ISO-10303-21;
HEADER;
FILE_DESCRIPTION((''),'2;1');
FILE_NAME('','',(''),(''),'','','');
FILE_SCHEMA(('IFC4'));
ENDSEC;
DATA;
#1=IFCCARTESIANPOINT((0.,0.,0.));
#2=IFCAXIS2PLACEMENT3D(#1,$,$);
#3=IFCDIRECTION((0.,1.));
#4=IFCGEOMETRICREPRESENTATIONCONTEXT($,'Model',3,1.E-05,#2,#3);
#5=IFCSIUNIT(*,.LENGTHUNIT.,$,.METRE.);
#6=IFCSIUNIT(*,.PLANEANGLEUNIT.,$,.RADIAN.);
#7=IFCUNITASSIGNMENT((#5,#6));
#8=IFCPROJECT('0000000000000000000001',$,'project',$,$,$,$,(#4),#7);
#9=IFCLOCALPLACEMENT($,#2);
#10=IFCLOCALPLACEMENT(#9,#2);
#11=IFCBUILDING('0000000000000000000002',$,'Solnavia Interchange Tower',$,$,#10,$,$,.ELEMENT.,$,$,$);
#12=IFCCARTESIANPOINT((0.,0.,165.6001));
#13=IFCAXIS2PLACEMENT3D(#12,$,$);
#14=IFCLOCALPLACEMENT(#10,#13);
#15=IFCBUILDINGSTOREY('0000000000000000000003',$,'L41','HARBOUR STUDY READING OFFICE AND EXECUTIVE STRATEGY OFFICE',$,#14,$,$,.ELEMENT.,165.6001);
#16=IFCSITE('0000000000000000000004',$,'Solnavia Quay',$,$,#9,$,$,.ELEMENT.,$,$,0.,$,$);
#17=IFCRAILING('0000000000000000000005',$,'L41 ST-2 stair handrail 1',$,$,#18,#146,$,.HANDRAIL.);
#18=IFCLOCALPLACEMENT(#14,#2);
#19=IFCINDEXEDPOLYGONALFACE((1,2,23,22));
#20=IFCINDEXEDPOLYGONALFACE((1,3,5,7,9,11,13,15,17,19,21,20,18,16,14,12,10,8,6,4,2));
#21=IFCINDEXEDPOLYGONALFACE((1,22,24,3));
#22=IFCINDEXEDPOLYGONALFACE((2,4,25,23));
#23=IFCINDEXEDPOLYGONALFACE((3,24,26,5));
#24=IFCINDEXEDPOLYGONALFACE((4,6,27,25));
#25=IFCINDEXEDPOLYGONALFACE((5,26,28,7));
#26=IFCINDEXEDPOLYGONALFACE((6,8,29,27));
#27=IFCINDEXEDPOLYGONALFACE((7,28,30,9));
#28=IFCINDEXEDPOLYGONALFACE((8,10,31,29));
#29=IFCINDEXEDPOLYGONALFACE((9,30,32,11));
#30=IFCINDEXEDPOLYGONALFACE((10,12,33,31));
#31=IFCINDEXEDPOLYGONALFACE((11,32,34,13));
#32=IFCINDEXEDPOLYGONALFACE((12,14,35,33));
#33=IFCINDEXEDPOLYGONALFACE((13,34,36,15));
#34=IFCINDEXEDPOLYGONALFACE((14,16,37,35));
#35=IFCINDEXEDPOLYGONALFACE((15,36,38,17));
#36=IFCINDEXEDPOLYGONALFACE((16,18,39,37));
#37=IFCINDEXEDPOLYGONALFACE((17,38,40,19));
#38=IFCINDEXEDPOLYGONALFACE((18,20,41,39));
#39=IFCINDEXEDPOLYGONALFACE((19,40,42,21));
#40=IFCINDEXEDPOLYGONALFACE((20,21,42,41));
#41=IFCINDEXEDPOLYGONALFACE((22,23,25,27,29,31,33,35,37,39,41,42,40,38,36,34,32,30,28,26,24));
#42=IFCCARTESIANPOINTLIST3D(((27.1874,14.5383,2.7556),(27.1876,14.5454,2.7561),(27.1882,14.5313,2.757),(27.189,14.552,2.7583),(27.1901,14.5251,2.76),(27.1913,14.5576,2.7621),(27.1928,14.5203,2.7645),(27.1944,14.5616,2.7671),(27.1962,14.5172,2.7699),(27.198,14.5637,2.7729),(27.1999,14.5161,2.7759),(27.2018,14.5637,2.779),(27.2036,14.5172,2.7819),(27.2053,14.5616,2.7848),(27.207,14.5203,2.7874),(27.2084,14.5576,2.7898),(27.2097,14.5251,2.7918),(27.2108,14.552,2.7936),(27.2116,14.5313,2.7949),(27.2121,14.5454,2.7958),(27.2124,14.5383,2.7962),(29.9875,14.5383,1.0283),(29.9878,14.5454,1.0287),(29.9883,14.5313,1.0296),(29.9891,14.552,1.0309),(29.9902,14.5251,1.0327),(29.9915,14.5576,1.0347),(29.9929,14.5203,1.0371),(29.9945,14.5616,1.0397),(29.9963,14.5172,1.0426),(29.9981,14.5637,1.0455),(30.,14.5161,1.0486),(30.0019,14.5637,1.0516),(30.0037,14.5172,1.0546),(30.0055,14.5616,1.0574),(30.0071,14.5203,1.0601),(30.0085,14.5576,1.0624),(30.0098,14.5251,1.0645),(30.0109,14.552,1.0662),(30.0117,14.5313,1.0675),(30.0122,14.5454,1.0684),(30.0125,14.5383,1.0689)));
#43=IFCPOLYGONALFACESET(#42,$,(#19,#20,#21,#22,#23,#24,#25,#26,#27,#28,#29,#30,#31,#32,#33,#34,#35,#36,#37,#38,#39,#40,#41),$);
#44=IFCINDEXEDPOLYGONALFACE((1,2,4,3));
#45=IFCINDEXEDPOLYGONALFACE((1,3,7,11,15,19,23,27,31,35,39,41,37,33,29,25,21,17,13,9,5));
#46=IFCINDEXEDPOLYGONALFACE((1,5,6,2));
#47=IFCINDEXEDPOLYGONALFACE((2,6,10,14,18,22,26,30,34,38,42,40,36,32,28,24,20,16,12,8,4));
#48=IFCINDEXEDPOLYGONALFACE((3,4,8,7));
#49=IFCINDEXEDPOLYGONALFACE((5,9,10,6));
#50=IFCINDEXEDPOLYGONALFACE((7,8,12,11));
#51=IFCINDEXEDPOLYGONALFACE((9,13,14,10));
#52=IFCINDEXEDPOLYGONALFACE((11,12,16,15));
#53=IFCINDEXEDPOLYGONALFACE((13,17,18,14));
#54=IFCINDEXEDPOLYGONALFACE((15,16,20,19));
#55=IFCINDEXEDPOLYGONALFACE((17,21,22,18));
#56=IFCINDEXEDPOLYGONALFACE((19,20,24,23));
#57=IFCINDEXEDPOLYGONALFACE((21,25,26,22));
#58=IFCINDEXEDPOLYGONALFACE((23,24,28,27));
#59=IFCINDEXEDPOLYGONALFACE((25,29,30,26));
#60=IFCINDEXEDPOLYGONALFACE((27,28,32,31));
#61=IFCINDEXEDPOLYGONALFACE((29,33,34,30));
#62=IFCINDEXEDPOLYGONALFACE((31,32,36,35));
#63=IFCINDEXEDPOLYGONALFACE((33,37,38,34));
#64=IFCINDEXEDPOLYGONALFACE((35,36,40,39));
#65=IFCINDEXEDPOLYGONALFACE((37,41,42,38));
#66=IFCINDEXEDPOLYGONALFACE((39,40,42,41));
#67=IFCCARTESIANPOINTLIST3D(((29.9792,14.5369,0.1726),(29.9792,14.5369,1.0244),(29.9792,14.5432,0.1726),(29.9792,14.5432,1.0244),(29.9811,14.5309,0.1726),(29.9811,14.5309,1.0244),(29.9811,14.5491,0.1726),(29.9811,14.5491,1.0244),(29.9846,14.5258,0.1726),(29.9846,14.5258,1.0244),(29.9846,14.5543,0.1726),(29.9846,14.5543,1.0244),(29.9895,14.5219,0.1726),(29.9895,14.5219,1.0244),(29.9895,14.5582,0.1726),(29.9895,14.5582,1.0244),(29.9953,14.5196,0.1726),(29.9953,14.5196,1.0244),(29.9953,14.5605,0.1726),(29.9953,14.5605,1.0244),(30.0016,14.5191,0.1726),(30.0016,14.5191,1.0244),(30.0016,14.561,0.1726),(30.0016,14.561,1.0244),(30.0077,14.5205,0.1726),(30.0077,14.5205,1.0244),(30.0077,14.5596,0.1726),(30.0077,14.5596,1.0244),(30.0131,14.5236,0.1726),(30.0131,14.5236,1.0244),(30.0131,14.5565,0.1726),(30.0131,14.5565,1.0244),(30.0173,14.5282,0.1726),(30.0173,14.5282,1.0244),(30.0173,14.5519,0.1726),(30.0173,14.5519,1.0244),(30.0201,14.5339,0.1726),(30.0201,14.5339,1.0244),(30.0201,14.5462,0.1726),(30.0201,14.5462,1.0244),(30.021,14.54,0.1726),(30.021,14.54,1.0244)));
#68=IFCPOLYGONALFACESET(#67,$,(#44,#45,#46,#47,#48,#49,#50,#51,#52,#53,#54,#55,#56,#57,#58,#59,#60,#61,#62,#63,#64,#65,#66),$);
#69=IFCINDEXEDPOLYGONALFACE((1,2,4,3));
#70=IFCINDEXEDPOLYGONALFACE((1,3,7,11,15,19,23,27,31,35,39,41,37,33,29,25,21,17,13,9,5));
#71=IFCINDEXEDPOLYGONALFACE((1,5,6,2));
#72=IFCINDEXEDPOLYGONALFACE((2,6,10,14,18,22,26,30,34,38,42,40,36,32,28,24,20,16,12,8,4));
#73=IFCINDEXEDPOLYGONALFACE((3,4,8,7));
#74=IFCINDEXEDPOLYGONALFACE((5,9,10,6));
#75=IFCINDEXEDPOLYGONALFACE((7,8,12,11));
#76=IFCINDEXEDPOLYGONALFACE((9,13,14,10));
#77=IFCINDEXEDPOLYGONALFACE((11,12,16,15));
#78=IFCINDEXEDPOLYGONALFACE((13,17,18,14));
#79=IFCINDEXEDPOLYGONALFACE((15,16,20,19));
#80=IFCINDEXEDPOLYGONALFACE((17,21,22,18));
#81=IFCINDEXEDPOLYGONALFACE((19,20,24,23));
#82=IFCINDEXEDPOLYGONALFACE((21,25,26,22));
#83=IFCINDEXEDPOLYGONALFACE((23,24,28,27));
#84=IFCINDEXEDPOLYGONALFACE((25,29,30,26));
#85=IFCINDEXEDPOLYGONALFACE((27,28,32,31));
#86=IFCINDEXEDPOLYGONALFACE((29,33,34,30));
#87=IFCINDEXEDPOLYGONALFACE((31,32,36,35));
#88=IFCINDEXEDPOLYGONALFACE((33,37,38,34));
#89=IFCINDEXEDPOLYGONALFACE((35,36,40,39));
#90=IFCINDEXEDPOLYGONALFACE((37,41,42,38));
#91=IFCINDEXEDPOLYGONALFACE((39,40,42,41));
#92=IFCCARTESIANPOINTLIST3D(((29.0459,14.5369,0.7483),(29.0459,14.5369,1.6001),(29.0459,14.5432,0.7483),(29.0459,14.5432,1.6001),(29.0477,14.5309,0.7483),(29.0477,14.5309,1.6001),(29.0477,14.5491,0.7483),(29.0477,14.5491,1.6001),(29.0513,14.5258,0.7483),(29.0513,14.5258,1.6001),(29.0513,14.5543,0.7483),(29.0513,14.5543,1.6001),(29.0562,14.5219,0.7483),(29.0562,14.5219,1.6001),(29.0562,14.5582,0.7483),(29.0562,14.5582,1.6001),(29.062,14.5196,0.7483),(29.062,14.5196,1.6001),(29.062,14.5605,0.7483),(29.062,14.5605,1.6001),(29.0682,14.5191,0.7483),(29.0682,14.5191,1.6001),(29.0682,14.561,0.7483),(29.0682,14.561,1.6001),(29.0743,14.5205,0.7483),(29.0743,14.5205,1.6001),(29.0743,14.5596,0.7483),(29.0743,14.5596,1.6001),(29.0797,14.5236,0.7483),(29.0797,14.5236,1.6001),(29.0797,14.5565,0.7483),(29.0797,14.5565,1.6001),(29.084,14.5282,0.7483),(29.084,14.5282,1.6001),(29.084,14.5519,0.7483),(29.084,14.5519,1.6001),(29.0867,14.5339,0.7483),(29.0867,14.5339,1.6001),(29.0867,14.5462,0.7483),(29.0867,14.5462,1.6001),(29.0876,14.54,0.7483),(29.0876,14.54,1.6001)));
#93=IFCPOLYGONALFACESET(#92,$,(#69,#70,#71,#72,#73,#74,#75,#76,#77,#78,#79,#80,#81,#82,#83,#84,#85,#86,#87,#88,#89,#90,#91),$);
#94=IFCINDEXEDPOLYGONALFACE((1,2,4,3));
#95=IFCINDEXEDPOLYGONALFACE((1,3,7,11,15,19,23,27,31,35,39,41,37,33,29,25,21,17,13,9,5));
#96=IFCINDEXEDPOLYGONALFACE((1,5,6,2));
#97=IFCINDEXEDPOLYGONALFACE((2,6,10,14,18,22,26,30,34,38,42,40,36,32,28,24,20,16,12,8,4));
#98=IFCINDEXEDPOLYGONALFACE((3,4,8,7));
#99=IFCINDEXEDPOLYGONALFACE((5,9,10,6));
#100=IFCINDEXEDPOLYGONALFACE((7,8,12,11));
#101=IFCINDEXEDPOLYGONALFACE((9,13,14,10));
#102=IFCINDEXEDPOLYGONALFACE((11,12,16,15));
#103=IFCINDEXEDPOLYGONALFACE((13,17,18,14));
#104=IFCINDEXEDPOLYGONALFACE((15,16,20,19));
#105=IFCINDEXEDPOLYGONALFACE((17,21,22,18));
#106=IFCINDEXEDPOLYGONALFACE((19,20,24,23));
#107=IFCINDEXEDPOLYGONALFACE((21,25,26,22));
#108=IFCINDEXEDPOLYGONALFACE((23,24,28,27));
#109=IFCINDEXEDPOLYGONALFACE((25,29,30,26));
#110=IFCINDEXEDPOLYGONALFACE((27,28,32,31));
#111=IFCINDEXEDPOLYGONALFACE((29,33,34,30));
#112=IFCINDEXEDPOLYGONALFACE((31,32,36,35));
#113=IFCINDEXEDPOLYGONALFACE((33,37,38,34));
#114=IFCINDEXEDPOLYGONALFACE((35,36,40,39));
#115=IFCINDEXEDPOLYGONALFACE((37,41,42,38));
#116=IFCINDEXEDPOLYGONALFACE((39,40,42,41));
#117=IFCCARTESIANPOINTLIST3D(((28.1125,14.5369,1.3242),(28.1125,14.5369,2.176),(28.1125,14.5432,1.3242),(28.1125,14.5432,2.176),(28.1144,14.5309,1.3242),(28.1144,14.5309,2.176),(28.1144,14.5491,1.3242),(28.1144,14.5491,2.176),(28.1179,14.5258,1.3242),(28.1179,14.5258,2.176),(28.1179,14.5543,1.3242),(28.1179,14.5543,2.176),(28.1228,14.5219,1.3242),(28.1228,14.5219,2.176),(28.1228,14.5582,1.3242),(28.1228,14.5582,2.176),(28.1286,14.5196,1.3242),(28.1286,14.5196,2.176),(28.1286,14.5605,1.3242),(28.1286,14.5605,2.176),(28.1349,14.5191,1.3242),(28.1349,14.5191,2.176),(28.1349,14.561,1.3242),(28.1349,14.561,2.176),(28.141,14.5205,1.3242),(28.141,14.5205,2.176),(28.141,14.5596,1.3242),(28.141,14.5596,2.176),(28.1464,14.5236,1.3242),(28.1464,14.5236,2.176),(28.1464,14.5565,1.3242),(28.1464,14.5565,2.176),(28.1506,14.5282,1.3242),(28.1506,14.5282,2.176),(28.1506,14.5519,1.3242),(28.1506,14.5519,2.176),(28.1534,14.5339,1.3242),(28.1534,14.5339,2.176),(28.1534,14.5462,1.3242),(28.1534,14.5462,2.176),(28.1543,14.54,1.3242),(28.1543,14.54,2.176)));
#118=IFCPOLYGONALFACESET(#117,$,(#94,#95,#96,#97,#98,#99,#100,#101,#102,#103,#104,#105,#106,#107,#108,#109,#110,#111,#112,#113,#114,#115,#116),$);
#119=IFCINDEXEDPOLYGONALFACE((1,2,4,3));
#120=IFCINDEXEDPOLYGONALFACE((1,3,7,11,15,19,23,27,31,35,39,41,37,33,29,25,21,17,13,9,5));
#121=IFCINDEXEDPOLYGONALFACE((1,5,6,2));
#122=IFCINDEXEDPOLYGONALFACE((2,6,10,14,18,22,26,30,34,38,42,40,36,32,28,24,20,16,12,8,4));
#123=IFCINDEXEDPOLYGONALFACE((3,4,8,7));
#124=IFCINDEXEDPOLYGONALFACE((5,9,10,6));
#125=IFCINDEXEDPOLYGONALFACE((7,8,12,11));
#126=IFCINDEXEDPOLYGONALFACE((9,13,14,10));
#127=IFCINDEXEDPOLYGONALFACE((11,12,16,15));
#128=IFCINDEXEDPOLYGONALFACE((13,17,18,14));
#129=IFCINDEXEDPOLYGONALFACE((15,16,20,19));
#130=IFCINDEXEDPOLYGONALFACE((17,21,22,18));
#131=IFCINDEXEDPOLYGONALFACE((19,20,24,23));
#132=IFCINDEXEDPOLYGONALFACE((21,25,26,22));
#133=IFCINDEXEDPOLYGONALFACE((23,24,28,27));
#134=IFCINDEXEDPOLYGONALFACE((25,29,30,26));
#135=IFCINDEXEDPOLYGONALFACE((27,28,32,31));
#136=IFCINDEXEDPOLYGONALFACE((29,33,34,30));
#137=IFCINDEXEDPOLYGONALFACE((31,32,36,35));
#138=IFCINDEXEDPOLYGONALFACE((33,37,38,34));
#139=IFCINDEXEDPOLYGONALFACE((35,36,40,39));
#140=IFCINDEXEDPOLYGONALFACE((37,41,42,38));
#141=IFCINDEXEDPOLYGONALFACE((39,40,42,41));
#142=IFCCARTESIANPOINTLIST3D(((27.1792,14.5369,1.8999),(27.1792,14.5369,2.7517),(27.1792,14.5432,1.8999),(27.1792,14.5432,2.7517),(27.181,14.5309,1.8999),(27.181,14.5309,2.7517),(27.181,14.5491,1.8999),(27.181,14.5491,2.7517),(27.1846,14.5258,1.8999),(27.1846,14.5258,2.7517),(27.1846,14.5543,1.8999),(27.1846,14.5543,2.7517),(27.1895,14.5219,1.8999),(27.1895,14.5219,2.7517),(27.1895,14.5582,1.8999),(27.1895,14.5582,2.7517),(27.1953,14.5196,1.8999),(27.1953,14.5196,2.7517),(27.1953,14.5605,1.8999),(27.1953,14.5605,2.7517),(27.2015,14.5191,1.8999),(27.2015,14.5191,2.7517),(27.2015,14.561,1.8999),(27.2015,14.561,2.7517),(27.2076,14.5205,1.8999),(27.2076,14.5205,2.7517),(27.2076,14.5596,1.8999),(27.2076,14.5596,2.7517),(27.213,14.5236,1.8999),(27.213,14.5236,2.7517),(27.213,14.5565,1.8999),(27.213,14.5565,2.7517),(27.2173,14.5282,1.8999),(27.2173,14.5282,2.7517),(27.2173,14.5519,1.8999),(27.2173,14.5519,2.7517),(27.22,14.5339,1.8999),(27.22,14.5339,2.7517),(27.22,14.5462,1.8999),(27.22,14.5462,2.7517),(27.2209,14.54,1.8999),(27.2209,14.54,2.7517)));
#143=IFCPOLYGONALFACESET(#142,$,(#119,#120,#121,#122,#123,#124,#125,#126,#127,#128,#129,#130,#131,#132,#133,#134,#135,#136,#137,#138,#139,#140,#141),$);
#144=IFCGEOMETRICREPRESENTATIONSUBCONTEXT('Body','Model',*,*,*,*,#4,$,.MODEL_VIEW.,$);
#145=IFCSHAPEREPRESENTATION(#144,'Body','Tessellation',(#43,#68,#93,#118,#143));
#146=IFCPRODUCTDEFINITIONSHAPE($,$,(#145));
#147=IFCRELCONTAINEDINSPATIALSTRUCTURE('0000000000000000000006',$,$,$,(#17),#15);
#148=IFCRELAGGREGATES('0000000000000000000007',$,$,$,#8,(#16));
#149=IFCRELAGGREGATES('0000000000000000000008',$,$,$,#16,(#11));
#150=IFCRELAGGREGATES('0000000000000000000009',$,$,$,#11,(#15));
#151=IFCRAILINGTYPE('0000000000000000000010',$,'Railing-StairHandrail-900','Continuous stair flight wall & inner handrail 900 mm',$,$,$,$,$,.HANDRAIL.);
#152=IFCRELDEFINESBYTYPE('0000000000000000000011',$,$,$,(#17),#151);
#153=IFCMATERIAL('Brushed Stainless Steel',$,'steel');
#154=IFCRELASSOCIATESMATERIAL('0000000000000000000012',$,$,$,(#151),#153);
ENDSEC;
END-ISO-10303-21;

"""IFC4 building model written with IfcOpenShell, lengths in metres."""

from ifc_helpers import new_model, si_unit, direction, frame, origin, origin_2d, place, context, subcontext, project, spatial, circle, extrude, material, type_object, element, save


model = new_model("IFC4")

# Units and contexts
model_context = context("Model", 3, precision=1e-05, world=origin(), true_north=direction((0.0, 1.0)))
body_context = subcontext(model_context, "Body", "Model", "MODEL_VIEW")
ifc_project = project(units=[si_unit("LENGTHUNIT", "METRE"), si_unit("PLANEANGLEUNIT", "RADIAN")], contexts=[model_context])

# Site, building, storey
site_placement = place(None, origin())
site = spatial("IfcSite", under=ifc_project, at=site_placement, Name="Solnavia Quay", CompositionType="ELEMENT", RefElevation=0.0)
building_placement = place(site_placement, origin())
building = spatial("IfcBuilding", under=site, at=building_placement, Name="Solnavia Interchange Tower", CompositionType="ELEMENT")
storey_placement = place(building_placement, frame((0.0, 0.0, 165.6001)))
storey = spatial("IfcBuildingStorey", under=building, at=storey_placement, Name="L41", Description="HARBOUR STUDY READING OFFICE AND EXECUTIVE STRATEGY OFFICE", CompositionType="ELEMENT", Elevation=165.6001)

# Railing
ifc_material_1 = material(Name="Brushed Stainless Steel", Category="steel")
railing_type = type_object("IfcRailingType", Name="Railing-StairHandrail-900", Description="Continuous stair flight wall & inner handrail 900 mm", PredefinedType="HANDRAIL", material=ifc_material_1)
railing_placement = place(storey_placement, frame((30.0, 14.54, 0.1726)))
element("IfcRailing", 1, at=railing_placement, inside=storey, type_object=railing_type, Name="L41 ST-2 stair handrail 1", PredefinedType="HANDRAIL", context=body_context, shape_type="SweptSolid", body=[
    extrude(circle(Radius=0.0239, at=origin_2d()), frame((0.0, 0.0, 0.876), z_axis=(-0.85109, 0.0, 0.52502), x_axis=(0.0, -1.0, 0.0)), (0.0, 0.0, 1.0), 3.29),
    extrude(circle(Radius=0.021, at=origin_2d()), origin(), (0.0, 0.0, 1.0), 0.8518),
    extrude(circle(Radius=0.021, at=origin_2d()), frame((-0.9333, 0.0, 0.5757)), (0.0, 0.0, 1.0), 0.8518),
    extrude(circle(Radius=0.021, at=origin_2d()), frame((-1.8667, 0.0, 1.1516)), (0.0, 0.0, 1.0), 0.8518),
    extrude(circle(Radius=0.021, at=origin_2d()), frame((-2.8, 0.0, 1.7273)), (0.0, 0.0, 1.0), 0.8518),
])

save(model, "model.ifc")
